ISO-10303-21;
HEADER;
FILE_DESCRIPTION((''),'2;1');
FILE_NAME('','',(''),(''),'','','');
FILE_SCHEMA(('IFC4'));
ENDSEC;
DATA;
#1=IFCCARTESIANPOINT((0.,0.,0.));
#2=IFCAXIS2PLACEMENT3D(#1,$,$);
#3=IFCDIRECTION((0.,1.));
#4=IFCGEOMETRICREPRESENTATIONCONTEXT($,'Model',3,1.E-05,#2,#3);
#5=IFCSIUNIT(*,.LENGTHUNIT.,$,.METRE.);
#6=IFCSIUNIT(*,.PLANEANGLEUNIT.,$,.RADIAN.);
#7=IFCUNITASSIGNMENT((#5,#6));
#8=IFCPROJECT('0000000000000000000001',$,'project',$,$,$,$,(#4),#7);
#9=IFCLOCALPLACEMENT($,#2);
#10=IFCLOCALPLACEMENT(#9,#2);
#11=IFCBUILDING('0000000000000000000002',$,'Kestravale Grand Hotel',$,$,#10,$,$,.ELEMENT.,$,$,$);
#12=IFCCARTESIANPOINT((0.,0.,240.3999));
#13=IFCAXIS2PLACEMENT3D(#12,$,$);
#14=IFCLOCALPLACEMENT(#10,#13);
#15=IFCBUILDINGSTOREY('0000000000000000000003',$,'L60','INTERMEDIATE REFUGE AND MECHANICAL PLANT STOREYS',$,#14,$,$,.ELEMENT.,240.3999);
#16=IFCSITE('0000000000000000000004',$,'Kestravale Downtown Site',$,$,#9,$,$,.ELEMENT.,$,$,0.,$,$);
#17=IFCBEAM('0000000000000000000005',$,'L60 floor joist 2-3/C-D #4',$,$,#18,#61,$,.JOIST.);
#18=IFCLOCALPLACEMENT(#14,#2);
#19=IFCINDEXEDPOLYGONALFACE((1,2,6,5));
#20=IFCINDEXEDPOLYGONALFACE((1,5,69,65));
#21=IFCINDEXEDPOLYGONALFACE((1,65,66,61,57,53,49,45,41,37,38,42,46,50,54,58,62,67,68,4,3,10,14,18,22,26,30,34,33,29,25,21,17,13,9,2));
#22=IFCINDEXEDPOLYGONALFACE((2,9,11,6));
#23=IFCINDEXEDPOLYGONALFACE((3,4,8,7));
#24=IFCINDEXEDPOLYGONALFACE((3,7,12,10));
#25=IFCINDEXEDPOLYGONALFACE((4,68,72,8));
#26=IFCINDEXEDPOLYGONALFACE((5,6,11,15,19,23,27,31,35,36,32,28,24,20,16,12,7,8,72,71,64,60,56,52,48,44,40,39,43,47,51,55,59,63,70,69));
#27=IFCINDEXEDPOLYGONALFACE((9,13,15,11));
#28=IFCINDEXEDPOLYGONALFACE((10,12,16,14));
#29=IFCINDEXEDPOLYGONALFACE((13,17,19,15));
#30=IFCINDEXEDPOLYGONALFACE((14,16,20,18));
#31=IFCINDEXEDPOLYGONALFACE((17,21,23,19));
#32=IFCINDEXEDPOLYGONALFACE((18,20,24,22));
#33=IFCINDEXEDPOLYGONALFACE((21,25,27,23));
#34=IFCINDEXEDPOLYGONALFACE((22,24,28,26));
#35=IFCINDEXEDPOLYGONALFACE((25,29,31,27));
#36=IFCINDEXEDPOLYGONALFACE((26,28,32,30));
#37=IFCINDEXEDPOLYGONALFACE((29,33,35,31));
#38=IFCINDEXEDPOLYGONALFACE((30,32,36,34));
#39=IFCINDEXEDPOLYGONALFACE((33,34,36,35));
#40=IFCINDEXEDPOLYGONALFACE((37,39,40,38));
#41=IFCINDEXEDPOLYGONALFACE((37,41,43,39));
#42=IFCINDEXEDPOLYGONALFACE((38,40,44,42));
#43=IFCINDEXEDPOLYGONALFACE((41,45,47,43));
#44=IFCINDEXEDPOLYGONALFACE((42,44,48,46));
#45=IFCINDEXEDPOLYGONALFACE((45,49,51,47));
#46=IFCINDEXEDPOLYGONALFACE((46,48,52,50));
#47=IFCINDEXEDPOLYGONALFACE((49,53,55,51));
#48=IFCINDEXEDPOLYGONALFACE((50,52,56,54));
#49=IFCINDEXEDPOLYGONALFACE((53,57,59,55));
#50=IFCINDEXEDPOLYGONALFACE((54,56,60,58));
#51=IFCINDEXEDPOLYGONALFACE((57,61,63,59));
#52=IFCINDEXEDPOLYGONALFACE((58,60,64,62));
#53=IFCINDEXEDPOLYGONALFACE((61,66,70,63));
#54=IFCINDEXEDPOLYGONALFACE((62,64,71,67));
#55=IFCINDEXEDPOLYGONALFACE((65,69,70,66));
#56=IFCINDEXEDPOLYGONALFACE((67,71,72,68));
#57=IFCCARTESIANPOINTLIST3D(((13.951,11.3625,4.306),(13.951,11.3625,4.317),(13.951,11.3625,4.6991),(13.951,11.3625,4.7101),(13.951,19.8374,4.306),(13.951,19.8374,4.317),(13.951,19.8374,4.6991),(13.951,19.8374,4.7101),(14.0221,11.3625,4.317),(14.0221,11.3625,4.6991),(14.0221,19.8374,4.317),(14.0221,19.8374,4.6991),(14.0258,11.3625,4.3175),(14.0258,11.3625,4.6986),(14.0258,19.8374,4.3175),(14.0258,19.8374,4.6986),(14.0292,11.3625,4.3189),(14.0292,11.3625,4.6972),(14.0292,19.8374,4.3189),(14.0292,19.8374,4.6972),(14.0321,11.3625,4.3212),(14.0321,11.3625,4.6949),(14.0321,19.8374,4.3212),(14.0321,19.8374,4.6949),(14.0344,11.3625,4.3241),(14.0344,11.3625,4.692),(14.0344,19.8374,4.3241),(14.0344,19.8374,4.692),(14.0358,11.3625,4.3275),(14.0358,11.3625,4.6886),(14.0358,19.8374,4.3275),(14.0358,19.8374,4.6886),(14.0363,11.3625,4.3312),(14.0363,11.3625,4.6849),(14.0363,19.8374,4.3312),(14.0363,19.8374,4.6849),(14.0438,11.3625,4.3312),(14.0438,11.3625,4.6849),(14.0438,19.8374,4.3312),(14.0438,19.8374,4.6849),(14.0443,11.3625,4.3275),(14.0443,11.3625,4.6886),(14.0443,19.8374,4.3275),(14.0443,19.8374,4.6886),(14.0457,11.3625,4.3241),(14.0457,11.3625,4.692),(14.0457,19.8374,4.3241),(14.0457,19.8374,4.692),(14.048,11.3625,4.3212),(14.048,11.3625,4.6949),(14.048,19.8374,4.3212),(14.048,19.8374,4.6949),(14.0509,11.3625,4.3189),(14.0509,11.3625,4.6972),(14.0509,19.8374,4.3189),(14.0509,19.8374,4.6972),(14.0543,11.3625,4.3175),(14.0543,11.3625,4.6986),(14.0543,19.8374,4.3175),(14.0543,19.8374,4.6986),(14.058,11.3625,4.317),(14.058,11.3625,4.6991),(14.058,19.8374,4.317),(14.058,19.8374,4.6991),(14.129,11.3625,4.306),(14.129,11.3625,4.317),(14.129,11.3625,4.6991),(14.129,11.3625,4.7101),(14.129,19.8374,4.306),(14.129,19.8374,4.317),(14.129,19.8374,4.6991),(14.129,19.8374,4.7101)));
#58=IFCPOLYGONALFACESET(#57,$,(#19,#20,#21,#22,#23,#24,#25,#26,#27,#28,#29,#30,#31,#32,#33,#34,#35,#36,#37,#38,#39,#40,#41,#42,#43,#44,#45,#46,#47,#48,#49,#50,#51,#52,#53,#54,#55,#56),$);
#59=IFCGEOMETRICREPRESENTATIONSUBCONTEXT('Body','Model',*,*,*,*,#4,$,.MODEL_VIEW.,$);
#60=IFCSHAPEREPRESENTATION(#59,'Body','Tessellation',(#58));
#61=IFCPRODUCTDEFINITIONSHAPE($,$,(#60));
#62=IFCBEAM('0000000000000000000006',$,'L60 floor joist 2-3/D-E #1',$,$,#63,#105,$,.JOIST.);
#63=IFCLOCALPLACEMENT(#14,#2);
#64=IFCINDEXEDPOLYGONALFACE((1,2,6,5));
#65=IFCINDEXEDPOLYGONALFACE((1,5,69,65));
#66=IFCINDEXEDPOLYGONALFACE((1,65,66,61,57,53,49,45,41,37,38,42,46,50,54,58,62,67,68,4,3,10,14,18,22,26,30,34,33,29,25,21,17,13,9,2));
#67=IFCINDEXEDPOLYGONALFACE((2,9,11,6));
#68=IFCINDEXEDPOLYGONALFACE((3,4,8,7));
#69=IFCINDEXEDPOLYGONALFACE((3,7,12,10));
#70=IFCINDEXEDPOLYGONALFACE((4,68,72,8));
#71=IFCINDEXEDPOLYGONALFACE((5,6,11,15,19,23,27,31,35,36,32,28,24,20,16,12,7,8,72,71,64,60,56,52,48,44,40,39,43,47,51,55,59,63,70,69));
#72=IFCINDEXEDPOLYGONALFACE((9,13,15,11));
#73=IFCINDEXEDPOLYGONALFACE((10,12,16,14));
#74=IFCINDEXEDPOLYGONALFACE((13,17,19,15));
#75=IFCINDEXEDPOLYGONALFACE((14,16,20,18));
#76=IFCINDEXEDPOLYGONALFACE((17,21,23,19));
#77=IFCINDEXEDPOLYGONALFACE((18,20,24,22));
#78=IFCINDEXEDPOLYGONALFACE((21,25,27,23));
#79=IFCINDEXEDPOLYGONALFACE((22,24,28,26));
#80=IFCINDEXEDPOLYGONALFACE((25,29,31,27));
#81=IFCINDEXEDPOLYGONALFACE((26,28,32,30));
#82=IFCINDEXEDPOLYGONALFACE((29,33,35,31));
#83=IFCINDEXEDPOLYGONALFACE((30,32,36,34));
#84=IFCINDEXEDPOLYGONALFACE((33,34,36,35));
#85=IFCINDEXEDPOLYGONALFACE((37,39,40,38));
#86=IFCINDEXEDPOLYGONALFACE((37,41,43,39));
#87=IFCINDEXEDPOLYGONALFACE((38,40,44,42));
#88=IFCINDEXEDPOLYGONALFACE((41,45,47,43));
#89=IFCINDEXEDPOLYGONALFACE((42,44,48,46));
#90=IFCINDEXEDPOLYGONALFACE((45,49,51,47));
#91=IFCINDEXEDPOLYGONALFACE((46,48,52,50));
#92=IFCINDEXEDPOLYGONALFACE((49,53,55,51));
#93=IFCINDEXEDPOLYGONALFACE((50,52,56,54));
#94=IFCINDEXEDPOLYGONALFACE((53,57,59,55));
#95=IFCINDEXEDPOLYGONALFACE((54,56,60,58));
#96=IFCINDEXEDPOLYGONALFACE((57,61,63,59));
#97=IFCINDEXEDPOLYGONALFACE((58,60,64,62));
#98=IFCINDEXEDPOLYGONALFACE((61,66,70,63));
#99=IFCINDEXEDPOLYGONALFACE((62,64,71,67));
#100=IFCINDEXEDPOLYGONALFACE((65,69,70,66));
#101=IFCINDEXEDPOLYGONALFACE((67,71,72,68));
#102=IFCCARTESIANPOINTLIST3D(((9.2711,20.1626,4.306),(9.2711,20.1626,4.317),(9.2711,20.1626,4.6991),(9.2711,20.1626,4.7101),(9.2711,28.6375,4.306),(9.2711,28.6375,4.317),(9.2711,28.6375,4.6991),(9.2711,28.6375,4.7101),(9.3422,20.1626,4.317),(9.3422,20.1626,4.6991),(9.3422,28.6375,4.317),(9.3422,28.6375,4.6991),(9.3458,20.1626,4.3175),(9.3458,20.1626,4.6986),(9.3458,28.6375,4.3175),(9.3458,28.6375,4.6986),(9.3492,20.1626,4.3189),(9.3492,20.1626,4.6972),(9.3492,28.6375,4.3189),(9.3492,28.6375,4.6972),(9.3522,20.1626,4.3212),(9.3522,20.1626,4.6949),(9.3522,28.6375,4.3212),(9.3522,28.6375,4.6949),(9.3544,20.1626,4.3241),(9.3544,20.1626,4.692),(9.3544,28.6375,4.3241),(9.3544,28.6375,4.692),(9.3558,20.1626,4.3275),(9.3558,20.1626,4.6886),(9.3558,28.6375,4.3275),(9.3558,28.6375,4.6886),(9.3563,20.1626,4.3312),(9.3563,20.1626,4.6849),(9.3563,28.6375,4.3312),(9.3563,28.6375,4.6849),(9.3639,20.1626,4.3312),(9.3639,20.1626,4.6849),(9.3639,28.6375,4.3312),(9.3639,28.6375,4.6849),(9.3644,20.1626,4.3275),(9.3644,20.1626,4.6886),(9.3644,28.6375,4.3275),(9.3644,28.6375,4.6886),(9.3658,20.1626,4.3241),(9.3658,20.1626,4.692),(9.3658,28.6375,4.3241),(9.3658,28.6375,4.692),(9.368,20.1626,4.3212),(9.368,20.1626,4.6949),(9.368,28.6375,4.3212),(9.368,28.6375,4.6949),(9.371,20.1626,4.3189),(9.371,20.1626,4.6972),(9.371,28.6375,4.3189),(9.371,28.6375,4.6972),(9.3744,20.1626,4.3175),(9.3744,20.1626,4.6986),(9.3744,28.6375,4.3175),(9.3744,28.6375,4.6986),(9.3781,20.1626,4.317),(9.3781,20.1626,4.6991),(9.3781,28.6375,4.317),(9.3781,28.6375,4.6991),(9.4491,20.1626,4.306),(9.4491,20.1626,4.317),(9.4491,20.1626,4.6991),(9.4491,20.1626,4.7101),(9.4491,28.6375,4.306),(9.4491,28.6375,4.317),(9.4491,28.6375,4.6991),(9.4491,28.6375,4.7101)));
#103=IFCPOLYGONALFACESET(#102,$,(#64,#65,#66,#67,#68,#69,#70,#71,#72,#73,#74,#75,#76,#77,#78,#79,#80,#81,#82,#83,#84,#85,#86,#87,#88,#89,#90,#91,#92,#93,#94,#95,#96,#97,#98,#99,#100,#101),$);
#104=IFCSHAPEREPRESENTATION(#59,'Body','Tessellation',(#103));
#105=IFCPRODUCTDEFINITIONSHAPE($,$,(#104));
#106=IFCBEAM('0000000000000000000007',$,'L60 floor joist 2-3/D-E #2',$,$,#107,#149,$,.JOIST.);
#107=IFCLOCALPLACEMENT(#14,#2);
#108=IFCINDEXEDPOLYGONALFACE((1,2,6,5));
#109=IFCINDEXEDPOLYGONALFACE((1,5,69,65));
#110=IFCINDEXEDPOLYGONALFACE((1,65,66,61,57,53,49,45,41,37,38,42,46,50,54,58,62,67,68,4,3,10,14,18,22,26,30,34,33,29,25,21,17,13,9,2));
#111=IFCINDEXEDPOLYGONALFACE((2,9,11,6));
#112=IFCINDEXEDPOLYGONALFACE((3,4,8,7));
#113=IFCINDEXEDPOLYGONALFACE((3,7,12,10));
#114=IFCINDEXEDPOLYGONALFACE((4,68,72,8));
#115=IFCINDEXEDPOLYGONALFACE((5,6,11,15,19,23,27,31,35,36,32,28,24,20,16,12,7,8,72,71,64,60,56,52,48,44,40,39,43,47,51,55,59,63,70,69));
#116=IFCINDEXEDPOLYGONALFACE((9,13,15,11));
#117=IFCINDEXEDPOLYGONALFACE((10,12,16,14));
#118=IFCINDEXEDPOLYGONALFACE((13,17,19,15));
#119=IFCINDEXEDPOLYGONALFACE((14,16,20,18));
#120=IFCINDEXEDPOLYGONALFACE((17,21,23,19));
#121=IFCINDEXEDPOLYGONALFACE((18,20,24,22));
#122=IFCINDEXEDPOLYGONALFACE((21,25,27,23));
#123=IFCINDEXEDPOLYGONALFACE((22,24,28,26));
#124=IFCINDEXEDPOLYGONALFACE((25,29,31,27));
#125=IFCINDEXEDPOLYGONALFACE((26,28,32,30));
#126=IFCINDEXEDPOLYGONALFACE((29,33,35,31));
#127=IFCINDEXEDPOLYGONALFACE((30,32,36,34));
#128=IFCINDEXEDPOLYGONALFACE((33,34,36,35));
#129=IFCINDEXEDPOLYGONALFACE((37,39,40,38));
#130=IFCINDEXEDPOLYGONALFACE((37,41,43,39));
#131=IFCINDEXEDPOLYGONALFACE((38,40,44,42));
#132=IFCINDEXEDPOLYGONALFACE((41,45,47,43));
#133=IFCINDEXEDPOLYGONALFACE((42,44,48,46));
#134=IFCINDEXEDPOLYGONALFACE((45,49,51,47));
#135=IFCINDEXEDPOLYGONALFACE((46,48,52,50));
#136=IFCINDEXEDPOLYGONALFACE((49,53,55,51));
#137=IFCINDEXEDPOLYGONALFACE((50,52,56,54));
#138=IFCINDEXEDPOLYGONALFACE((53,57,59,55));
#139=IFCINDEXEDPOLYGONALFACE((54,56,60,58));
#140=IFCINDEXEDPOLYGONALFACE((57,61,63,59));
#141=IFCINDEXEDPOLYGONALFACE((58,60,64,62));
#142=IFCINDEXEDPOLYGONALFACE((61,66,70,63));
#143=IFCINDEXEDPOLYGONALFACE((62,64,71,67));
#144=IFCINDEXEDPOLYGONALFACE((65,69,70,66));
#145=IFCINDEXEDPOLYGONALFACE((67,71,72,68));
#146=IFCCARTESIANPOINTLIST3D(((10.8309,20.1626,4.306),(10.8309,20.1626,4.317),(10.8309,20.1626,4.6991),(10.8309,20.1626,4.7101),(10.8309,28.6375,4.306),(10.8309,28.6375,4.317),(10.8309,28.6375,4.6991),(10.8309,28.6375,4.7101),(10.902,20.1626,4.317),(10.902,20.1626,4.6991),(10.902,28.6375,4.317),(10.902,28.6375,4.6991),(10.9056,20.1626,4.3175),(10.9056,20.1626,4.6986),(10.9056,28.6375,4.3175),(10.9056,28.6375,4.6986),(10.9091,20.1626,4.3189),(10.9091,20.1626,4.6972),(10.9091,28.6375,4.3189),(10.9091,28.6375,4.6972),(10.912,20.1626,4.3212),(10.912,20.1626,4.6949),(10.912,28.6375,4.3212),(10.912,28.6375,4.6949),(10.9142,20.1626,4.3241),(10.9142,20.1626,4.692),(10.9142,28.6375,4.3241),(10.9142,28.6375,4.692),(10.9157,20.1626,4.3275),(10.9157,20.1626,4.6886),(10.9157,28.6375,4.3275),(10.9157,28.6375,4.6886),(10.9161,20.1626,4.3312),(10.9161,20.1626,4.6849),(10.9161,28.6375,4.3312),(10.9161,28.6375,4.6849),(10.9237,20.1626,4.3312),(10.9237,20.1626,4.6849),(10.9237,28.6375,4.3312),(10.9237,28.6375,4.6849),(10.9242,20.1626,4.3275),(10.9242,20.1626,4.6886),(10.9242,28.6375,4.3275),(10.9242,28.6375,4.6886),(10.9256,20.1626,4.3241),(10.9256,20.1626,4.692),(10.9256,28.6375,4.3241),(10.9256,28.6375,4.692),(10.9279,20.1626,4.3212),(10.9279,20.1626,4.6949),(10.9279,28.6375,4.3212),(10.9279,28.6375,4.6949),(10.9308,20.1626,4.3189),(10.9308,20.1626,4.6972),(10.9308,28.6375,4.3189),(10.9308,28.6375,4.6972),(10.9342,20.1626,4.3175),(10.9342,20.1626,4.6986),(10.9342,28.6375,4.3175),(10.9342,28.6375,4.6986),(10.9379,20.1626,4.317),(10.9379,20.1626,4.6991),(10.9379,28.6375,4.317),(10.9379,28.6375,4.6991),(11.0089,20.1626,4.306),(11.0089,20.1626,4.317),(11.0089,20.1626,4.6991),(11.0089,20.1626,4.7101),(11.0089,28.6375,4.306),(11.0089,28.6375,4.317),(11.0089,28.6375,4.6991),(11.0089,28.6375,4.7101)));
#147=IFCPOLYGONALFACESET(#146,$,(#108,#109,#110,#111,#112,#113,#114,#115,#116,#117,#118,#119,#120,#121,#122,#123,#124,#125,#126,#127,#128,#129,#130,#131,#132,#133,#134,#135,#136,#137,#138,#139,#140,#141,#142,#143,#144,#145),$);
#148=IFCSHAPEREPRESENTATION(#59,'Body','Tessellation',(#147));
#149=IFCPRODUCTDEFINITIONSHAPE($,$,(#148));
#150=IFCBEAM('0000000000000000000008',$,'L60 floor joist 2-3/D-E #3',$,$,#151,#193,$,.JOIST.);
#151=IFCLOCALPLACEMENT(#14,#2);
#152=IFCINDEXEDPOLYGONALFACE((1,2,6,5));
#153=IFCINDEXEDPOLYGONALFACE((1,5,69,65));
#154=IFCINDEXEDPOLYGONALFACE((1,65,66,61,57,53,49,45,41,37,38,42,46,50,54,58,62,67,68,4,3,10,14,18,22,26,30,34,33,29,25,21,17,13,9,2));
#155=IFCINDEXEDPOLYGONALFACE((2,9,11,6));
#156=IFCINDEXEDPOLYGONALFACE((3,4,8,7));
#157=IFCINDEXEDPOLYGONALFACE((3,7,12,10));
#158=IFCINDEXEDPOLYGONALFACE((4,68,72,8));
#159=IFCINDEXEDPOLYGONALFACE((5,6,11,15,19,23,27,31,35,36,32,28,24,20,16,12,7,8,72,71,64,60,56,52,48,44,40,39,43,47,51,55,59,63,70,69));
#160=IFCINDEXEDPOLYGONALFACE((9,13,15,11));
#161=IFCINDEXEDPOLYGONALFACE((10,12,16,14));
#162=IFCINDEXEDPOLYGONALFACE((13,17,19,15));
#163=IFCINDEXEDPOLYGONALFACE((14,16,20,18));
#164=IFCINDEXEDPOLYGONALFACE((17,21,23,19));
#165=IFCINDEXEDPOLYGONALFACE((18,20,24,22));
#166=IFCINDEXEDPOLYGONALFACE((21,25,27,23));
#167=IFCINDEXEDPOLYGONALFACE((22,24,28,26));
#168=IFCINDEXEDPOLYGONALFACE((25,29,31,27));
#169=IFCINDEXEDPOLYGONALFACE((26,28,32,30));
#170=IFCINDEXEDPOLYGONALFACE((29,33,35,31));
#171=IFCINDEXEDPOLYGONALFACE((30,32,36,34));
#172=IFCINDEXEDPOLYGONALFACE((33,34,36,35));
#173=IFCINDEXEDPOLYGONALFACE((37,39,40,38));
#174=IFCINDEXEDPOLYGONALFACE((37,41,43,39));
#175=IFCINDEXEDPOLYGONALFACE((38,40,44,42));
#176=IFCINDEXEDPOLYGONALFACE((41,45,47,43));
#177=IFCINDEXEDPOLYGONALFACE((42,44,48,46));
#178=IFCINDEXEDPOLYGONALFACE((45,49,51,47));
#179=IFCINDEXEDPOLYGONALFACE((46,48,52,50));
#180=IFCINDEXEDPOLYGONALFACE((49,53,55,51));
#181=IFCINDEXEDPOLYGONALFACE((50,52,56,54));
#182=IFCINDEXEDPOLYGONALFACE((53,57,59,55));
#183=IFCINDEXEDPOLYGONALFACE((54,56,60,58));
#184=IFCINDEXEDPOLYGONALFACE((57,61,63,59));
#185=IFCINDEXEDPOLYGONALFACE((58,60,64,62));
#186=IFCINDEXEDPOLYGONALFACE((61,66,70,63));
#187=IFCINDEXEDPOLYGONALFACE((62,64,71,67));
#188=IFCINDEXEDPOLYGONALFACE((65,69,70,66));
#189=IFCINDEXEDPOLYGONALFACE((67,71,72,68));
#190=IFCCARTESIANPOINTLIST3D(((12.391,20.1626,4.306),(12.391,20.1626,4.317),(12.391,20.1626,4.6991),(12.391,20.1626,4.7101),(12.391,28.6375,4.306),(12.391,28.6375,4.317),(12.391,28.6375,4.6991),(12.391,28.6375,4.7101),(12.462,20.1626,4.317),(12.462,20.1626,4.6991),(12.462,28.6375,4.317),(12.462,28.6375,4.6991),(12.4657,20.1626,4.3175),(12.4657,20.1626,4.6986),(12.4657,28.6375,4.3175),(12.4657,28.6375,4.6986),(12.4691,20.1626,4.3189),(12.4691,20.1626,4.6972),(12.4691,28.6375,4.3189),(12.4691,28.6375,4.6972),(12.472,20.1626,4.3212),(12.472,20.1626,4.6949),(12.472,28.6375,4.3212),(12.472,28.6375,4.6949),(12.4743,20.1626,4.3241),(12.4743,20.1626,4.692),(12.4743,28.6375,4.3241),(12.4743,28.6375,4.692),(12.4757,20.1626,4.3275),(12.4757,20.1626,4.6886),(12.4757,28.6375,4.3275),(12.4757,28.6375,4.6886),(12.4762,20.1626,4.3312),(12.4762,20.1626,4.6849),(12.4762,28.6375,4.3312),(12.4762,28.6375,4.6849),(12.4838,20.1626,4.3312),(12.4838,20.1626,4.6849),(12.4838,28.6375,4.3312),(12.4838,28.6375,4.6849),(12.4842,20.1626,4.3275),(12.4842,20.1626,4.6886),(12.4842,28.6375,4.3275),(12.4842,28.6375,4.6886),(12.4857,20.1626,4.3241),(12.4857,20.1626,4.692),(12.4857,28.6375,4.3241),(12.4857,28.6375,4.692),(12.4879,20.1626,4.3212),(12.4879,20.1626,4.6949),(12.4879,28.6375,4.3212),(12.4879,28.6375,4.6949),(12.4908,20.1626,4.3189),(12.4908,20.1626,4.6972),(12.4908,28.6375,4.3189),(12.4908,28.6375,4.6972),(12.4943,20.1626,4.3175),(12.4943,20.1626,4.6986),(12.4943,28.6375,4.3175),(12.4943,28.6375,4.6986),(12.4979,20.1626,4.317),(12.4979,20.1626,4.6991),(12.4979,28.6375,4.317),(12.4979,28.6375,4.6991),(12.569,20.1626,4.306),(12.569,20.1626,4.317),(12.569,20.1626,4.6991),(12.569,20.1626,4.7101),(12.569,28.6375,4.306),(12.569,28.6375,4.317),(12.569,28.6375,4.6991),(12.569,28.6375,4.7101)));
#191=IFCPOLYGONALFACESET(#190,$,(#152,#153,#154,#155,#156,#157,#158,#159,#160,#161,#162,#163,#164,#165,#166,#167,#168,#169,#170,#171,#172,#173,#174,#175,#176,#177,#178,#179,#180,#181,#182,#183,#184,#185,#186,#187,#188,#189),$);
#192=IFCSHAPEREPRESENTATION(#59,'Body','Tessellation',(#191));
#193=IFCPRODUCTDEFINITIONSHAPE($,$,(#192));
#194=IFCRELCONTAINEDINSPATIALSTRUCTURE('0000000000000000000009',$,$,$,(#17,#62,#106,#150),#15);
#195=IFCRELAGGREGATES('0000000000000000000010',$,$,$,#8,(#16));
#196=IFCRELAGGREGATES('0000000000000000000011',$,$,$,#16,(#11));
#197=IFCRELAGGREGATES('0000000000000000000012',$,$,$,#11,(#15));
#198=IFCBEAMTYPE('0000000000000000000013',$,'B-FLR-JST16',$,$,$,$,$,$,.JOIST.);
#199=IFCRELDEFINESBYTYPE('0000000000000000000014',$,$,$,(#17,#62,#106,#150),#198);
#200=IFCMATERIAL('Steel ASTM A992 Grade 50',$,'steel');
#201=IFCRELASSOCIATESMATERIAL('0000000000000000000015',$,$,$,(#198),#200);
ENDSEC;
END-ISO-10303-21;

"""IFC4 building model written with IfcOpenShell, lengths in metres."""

from ifc_helpers import new_model, si_unit, direction, frame, origin, origin_2d, place, context, subcontext, project, spatial, i_section, extrude, material, material_profile, profile_set, type_object, element, save


model = new_model("IFC4")

# Units and contexts
model_context = context("Model", 3, precision=1e-05, world=origin(), true_north=direction((0.0, 1.0)))
body_context = subcontext(model_context, "Body", "Model", "MODEL_VIEW")
ifc_project = project(units=[si_unit("LENGTHUNIT", "METRE"), si_unit("PLANEANGLEUNIT", "RADIAN")], contexts=[model_context])

# Site, building, storey
site_placement = place(None, origin())
site = spatial("IfcSite", under=ifc_project, at=site_placement, Name="Kestravale Downtown Site", CompositionType="ELEMENT", RefElevation=0.0)
building_placement = place(site_placement, origin())
building = spatial("IfcBuilding", under=site, at=building_placement, Name="Kestravale Grand Hotel", CompositionType="ELEMENT")
storey_placement = place(building_placement, frame((0.0, 0.0, 240.3999)))
storey = spatial("IfcBuildingStorey", under=building, at=storey_placement, Name="L60", Description="INTERMEDIATE REFUGE AND MECHANICAL PLANT STOREYS", CompositionType="ELEMENT", Elevation=240.3999)

# Beams
ifc_material_1 = material(Name="Steel ASTM A992 Grade 50", Category="steel")
ifc_material_profile_1 = material_profile(ifc_material_1, i_section(OverallWidth=0.178, OverallDepth=0.4041, WebThickness=0.0076, FlangeThickness=0.011, FilletRadius=0.0142, at=origin_2d()))
ifc_profile_set_1 = profile_set([ifc_material_profile_1], Name="Steel ASTM A992 Grade 50")
beam_type_1 = type_object("IfcBeamType", Name="B-FLR-JST16", PredefinedType="JOIST", material=ifc_profile_set_1)
for number, where, z_axis, x_axis, name in (
    (1, (14.04, 11.3625, 4.5081), (0.0, 1.0, 0.0), (-1.0, 0.0, 0.0), "L60 floor joist 2-3/C-D #4"),
    (2, (9.3601, 20.1626, 4.5081), (0.0, 1.0, 0.0), (-1.0, 0.0, 0.0), "L60 floor joist 2-3/D-E #1"),
    (3, (10.9199, 20.1626, 4.5081), (0.0, 1.0, 0.0), (-1.0, 0.0, 0.0), "L60 floor joist 2-3/D-E #2"),
    (4, (12.48, 20.1626, 4.5081), (0.0, 1.0, 0.0), (-1.0, 0.0, 0.0), "L60 floor joist 2-3/D-E #3"),
):
    element("IfcBeam", number, at=place(storey_placement, frame(where, z_axis=z_axis, x_axis=x_axis)), inside=storey, type_object=beam_type_1, Name=name, PredefinedType="JOIST", context=body_context, shape_type="SweptSolid", body=[
        extrude(i_section(OverallWidth=0.178, OverallDepth=0.4041, WebThickness=0.0076, FlangeThickness=0.011, FilletRadius=0.0142, at=origin_2d()), origin(), (0.0, 0.0, 1.0), 8.4749),
    ])

save(model, "model.ifc")
